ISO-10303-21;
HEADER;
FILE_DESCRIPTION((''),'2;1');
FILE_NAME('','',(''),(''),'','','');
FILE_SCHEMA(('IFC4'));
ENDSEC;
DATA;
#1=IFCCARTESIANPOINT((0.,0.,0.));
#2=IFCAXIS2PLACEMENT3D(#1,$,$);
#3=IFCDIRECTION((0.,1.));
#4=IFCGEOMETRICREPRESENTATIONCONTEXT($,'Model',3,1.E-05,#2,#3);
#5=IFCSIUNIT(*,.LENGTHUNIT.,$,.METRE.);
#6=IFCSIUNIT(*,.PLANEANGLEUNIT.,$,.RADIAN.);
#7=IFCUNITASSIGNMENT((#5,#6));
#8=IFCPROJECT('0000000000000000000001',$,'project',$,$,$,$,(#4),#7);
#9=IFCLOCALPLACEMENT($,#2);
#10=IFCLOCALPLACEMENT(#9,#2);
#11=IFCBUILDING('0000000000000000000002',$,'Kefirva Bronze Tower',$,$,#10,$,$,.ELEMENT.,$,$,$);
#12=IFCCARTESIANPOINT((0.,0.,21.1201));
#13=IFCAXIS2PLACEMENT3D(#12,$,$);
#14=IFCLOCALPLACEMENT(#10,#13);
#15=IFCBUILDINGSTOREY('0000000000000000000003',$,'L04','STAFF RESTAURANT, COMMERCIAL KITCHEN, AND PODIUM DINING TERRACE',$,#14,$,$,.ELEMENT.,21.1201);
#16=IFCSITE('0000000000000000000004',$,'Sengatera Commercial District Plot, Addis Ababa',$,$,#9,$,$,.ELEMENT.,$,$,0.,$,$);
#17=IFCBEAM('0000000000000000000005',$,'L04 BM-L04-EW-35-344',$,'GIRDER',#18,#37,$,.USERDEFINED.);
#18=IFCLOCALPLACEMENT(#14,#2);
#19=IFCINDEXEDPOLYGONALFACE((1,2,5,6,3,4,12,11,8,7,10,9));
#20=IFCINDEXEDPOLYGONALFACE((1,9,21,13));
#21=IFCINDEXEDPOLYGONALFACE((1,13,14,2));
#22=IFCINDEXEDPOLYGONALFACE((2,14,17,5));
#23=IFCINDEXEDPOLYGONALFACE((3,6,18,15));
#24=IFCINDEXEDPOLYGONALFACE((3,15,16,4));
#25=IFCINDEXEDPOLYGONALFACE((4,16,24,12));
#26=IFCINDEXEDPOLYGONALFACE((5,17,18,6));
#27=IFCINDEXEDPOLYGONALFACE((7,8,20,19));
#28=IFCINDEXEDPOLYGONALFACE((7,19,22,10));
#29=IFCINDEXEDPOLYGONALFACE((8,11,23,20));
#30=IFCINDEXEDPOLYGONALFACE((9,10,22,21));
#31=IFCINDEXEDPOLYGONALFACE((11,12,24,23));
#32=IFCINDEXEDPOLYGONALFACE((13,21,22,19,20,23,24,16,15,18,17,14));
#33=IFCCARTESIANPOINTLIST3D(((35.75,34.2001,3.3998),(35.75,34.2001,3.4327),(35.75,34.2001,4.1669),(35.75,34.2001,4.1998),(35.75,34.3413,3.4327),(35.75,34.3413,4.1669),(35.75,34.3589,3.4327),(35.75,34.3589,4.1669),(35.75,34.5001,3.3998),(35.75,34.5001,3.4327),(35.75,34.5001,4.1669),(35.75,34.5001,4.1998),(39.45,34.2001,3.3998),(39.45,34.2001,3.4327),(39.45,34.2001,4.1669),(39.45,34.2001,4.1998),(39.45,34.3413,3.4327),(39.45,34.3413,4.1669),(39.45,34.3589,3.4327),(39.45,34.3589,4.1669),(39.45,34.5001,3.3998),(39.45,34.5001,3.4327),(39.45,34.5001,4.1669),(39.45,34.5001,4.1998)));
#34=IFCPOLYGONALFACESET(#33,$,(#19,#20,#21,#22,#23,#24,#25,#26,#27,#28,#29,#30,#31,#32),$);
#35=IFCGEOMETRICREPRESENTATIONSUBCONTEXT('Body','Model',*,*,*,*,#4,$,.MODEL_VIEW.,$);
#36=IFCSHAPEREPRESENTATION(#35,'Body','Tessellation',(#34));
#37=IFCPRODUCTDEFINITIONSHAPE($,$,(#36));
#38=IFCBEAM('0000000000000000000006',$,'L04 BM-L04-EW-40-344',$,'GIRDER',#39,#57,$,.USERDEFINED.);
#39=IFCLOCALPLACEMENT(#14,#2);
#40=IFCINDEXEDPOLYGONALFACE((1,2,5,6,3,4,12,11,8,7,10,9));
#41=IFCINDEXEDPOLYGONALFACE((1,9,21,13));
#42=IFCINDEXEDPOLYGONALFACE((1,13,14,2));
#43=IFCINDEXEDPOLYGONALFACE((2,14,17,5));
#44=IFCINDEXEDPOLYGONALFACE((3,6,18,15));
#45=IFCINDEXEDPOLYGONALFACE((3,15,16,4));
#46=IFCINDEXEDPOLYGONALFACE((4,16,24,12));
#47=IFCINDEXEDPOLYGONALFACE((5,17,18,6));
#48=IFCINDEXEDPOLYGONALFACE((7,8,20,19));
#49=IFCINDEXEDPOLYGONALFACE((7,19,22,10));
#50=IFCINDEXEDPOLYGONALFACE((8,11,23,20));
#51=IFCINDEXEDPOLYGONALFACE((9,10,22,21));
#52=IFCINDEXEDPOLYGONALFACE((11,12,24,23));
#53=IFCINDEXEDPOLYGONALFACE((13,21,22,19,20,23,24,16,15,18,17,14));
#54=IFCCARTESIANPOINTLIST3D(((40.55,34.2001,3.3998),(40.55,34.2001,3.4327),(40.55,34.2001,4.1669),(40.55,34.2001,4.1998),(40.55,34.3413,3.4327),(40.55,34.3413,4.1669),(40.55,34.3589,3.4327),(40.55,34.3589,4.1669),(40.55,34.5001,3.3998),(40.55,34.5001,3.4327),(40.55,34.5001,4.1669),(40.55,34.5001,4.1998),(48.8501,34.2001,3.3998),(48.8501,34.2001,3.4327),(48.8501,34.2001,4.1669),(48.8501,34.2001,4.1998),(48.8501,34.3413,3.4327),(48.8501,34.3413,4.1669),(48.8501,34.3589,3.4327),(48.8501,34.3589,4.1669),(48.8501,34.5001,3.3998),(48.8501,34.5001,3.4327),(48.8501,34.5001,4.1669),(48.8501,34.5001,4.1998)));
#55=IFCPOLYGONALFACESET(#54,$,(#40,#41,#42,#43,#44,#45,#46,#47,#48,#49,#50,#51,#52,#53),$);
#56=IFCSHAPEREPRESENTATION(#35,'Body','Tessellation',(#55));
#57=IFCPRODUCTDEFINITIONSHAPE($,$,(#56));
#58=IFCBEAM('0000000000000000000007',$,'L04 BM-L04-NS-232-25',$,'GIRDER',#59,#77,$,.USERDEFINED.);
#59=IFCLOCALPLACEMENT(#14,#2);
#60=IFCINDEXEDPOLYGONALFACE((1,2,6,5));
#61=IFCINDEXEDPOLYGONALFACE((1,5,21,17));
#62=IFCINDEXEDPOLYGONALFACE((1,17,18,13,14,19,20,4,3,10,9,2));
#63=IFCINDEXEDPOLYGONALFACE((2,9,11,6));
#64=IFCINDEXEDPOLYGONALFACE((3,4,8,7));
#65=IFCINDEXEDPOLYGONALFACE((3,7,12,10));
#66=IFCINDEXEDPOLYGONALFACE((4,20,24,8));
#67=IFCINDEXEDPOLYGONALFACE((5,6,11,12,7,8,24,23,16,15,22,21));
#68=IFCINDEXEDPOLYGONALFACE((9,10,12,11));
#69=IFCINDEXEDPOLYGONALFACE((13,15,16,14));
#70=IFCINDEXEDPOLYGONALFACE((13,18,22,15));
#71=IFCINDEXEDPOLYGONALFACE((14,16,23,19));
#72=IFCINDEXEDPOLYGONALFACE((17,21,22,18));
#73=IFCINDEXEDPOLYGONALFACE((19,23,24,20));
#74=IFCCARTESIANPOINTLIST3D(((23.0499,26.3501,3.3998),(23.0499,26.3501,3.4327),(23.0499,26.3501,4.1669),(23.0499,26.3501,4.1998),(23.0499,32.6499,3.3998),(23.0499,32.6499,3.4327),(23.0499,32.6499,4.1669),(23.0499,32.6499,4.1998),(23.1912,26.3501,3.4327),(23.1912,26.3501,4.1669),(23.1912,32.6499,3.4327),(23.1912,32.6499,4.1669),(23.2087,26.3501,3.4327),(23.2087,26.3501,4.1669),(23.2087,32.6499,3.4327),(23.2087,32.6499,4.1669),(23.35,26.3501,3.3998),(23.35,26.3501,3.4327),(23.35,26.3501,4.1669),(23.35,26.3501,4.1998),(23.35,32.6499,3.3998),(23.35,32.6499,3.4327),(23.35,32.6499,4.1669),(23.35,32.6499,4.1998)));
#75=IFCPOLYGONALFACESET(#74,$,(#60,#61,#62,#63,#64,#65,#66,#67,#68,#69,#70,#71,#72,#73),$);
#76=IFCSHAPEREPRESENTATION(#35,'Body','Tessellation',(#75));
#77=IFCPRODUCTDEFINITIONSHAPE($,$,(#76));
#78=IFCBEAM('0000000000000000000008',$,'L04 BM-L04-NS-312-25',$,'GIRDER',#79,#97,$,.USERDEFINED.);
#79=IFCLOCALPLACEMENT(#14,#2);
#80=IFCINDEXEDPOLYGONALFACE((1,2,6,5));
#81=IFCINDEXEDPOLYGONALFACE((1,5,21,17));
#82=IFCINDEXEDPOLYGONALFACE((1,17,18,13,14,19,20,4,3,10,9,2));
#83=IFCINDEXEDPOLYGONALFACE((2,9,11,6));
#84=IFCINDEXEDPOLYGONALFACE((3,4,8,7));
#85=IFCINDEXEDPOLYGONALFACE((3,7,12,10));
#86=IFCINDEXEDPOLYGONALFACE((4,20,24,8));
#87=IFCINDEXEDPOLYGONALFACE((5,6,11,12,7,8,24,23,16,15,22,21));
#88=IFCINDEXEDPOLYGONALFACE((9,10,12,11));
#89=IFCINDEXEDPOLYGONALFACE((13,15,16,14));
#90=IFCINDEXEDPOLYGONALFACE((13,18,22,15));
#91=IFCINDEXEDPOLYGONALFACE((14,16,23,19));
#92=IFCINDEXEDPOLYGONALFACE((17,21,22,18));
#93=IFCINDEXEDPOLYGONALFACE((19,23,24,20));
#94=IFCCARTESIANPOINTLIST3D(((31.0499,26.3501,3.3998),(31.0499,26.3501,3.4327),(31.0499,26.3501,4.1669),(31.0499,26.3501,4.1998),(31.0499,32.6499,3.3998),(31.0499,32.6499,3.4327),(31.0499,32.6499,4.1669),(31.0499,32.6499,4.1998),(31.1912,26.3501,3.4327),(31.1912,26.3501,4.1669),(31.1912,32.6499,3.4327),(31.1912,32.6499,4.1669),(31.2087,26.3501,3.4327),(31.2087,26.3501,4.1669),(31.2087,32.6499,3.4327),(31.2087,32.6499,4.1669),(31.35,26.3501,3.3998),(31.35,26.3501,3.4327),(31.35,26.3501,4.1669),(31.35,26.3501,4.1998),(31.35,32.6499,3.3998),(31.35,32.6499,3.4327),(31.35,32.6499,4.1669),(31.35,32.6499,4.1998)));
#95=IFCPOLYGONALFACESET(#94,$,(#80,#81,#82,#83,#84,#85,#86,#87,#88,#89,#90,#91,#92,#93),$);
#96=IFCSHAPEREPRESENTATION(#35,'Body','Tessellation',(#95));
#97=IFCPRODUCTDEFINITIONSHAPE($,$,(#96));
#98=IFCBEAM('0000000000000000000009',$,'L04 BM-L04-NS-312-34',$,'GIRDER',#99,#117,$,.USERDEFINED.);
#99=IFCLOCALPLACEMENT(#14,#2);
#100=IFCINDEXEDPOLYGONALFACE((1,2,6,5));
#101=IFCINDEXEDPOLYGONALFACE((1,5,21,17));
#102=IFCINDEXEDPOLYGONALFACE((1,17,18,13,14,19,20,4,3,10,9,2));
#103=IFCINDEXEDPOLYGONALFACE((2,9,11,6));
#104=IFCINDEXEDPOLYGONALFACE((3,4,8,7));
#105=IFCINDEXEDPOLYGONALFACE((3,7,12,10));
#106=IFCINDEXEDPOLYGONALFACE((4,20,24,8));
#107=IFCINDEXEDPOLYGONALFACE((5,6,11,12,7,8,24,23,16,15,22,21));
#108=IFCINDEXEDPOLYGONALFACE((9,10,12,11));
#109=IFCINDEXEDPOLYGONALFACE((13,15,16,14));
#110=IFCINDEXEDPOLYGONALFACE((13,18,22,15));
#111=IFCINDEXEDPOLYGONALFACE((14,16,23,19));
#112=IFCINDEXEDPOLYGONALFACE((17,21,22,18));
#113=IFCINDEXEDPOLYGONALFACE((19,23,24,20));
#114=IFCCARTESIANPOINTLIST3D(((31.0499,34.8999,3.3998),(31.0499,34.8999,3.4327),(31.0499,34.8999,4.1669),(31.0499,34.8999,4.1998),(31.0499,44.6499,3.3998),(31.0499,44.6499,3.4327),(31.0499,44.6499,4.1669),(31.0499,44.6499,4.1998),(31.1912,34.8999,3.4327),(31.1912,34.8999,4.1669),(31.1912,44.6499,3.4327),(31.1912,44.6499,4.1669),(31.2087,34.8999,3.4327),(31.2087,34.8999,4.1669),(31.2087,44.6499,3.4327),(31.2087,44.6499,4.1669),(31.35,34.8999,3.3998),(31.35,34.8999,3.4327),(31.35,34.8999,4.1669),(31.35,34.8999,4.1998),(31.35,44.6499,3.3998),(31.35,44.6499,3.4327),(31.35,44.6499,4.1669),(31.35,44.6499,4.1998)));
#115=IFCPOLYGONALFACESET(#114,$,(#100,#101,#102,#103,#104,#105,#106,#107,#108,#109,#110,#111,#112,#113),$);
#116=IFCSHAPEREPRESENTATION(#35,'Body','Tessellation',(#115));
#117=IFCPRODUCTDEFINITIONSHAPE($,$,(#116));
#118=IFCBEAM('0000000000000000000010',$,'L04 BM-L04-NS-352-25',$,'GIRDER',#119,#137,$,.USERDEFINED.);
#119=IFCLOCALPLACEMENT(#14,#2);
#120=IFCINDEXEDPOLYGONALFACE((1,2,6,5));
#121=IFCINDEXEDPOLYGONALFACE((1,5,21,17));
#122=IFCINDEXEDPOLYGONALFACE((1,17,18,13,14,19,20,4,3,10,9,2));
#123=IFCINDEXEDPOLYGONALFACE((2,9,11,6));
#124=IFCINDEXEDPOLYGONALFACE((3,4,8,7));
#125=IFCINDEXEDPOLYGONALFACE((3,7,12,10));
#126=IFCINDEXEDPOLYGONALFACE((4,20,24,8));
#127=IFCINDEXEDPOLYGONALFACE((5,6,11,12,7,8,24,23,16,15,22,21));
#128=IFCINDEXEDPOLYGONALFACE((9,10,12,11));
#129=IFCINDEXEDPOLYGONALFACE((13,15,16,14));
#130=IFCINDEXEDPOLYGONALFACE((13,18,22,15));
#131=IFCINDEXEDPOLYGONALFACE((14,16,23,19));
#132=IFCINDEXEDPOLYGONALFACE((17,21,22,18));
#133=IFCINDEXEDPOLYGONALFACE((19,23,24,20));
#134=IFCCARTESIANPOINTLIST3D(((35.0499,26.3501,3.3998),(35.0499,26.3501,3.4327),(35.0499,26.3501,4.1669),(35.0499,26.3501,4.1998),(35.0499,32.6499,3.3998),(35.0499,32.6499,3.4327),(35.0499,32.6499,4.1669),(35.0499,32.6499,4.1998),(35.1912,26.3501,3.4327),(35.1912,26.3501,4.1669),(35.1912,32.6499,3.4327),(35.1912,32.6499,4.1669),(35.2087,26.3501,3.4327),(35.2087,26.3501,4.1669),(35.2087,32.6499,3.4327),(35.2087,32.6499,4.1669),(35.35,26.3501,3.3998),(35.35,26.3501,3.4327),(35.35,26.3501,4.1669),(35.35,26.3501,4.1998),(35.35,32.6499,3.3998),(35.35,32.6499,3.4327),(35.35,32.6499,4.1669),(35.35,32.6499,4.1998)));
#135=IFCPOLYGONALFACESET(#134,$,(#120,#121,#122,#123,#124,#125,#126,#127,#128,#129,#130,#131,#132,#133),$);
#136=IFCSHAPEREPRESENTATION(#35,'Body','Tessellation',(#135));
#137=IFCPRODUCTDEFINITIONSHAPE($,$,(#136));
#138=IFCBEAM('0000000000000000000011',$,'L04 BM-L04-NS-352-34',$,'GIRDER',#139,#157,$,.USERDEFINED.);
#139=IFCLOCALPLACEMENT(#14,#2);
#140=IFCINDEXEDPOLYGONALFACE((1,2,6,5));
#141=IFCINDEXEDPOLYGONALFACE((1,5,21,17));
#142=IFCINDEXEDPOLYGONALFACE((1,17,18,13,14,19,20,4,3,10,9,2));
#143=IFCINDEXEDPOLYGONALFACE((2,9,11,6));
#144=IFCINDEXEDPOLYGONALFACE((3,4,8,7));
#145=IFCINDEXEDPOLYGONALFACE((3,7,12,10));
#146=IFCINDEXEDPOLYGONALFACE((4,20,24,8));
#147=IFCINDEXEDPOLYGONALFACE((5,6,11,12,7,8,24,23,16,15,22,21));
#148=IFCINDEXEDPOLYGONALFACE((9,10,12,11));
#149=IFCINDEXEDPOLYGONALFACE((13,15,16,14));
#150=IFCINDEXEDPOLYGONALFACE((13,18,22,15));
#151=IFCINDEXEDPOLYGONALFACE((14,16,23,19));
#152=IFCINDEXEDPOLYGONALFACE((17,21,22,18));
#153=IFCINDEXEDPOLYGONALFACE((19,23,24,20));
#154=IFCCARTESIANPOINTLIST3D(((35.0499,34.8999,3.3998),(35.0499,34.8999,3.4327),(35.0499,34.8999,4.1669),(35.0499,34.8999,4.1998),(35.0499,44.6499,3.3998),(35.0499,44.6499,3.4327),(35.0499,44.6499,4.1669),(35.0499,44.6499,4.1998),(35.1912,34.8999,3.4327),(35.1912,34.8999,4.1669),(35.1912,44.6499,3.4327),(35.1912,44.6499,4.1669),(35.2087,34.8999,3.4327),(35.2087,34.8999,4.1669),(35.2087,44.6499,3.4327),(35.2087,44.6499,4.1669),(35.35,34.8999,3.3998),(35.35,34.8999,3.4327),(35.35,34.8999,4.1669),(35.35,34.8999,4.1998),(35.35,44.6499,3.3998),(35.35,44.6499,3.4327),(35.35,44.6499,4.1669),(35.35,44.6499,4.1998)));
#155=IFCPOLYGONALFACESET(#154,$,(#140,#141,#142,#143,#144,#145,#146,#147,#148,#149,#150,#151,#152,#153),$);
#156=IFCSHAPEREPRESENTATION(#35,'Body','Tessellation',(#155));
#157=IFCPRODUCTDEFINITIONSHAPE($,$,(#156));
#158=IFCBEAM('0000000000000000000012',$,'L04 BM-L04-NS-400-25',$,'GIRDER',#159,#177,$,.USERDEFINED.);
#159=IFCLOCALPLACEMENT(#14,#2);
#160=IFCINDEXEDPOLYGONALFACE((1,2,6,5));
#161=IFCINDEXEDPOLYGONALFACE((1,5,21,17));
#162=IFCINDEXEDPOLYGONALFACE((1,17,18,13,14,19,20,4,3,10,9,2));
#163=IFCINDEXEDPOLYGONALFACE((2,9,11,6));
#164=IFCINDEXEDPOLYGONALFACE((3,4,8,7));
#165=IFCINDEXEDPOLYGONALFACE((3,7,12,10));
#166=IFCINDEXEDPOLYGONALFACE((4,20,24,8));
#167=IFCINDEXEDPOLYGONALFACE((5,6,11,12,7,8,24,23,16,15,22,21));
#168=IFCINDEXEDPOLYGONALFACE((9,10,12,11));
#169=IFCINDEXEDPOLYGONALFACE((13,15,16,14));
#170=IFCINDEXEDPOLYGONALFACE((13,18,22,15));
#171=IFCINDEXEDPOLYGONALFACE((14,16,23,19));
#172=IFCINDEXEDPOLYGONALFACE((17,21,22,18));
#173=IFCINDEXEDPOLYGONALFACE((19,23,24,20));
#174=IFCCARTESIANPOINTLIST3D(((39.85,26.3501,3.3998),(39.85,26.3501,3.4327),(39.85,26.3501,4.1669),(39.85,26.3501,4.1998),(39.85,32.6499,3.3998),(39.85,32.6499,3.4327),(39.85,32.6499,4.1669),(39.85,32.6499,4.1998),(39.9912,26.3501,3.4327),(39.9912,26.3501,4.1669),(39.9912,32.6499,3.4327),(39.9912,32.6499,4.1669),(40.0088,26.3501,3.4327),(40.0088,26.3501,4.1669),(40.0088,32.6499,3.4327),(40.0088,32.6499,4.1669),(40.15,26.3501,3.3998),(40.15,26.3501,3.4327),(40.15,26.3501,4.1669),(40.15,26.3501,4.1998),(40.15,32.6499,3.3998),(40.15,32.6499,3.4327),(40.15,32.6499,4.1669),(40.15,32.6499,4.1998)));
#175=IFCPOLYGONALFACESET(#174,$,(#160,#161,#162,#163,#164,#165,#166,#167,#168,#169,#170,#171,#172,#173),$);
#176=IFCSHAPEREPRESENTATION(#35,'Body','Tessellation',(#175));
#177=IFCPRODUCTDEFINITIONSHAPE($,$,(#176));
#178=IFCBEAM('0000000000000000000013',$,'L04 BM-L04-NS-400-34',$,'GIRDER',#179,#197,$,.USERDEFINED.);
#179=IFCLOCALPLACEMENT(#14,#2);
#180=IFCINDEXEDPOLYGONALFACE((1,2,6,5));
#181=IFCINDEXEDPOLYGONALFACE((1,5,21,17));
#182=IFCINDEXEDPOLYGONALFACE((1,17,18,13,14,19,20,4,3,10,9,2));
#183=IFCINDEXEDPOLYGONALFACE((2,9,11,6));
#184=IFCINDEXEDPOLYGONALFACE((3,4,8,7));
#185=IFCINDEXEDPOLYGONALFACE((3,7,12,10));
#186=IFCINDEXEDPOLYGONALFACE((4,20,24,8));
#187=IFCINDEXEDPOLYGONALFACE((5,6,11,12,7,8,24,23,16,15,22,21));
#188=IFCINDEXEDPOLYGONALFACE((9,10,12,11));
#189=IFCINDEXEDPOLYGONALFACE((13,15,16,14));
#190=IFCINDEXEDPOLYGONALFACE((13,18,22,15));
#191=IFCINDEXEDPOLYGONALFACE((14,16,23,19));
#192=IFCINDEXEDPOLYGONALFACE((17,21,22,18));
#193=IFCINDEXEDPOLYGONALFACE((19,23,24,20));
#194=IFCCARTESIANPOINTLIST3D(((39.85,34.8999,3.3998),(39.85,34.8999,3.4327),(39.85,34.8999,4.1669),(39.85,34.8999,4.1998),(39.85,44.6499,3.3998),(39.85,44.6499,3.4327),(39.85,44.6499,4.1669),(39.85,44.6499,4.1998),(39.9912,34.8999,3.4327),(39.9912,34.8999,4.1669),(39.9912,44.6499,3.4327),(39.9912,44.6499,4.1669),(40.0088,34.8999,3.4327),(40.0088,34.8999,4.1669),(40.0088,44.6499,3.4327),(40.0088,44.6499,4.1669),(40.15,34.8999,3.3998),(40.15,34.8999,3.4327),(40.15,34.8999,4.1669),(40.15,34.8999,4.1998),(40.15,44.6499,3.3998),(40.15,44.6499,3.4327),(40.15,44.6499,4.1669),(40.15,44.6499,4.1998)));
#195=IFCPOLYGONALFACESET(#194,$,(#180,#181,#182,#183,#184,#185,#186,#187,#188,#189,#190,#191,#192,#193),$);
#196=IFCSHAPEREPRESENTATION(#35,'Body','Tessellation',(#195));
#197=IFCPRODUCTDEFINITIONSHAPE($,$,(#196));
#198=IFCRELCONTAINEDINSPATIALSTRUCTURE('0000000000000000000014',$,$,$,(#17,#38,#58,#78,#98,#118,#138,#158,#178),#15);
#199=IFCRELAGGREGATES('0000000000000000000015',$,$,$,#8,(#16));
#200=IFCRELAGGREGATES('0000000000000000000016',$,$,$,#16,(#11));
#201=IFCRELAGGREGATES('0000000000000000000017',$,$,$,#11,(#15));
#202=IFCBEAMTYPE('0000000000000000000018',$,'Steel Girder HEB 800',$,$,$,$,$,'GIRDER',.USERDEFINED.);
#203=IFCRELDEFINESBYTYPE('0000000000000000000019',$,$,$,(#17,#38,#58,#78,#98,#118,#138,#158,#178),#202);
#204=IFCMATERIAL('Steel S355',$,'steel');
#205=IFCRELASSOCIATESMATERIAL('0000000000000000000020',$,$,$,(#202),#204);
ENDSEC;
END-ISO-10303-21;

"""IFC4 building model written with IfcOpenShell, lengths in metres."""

from ifc_helpers import new_model, si_unit, direction, frame, origin, origin_2d, place, context, subcontext, project, spatial, i_section, extrude, material, material_profile, profile_set, type_object, element, save


model = new_model("IFC4")

# Units and contexts
model_context = context("Model", 3, precision=1e-05, world=origin(), true_north=direction((0.0, 1.0)))
body_context = subcontext(model_context, "Body", "Model", "MODEL_VIEW")
ifc_project = project(units=[si_unit("LENGTHUNIT", "METRE"), si_unit("PLANEANGLEUNIT", "RADIAN")], contexts=[model_context])

# Site, building, storey
site_placement = place(None, origin())
site = spatial("IfcSite", under=ifc_project, at=site_placement, Name="Sengatera Commercial District Plot, Addis Ababa", CompositionType="ELEMENT", RefElevation=0.0)
building_placement = place(site_placement, origin())
building = spatial("IfcBuilding", under=site, at=building_placement, Name="Kefirva Bronze Tower", CompositionType="ELEMENT")
storey_placement = place(building_placement, frame((0.0, 0.0, 21.1201)))
storey = spatial("IfcBuildingStorey", under=building, at=storey_placement, Name="L04", Description="STAFF RESTAURANT, COMMERCIAL KITCHEN, AND PODIUM DINING TERRACE", CompositionType="ELEMENT", Elevation=21.1201)

# Beams
ifc_material_1 = material(Name="Steel S355", Category="steel")
ifc_material_profile_1 = material_profile(ifc_material_1, i_section(OverallWidth=0.3, OverallDepth=0.8, WebThickness=0.0176, FlangeThickness=0.033, at=origin_2d()), Name="HEB 800")
ifc_profile_set_1 = profile_set([ifc_material_profile_1], Name="Steel S355")
beam_type_1 = type_object("IfcBeamType", Name="Steel Girder HEB 800", ElementType="GIRDER", PredefinedType="USERDEFINED", material=ifc_profile_set_1)
beam_1_placement = place(storey_placement, frame((35.75, 34.3501, 3.7998), z_axis=(1.0, 0.0, 0.0), x_axis=(0.0, 1.0, 0.0)))
element("IfcBeam", 1, at=beam_1_placement, inside=storey, type_object=beam_type_1, Name="L04 BM-L04-EW-35-344", ObjectType="GIRDER", PredefinedType="USERDEFINED", context=body_context, shape_type="SweptSolid", body=[
    extrude(i_section(OverallWidth=0.3, OverallDepth=0.8, WebThickness=0.0176, FlangeThickness=0.033, at=origin_2d()), origin(), (0.0, 0.0, 1.0), 3.7),
])
beam_2_placement = place(storey_placement, frame((40.55, 34.3501, 3.7998), z_axis=(1.0, 0.0, 0.0), x_axis=(0.0, 1.0, 0.0)))
element("IfcBeam", 2, at=beam_2_placement, inside=storey, type_object=beam_type_1, Name="L04 BM-L04-EW-40-344", ObjectType="GIRDER", PredefinedType="USERDEFINED", context=body_context, shape_type="SweptSolid", body=[
    extrude(i_section(OverallWidth=0.3, OverallDepth=0.8, WebThickness=0.0176, FlangeThickness=0.033, at=origin_2d()), origin(), (0.0, 0.0, 1.0), 8.3),
])
for number, where, z_axis, x_axis, name in (
    (3, (23.2, 26.3501, 3.7998), (0.0, 1.0, 0.0), (-1.0, 0.0, 0.0), "L04 BM-L04-NS-232-25"),
    (4, (31.2, 26.3501, 3.7998), (0.0, 1.0, 0.0), (-1.0, 0.0, 0.0), "L04 BM-L04-NS-312-25"),
):
    element("IfcBeam", number, at=place(storey_placement, frame(where, z_axis=z_axis, x_axis=x_axis)), inside=storey, type_object=beam_type_1, Name=name, ObjectType="GIRDER", PredefinedType="USERDEFINED", context=body_context, shape_type="SweptSolid", body=[
        extrude(i_section(OverallWidth=0.3, OverallDepth=0.8, WebThickness=0.0176, FlangeThickness=0.033, at=origin_2d()), origin(), (0.0, 0.0, 1.0), 6.2998),
    ])
beam_3_placement = place(storey_placement, frame((31.2, 34.8999, 3.7998), z_axis=(0.0, 1.0, 0.0), x_axis=(-1.0, 0.0, 0.0)))
element("IfcBeam", 5, at=beam_3_placement, inside=storey, type_object=beam_type_1, Name="L04 BM-L04-NS-312-34", ObjectType="GIRDER", PredefinedType="USERDEFINED", context=body_context, shape_type="SweptSolid", body=[
    extrude(i_section(OverallWidth=0.3, OverallDepth=0.8, WebThickness=0.0176, FlangeThickness=0.033, at=origin_2d()), origin(), (0.0, 0.0, 1.0), 9.75),
])
beam_4_placement = place(storey_placement, frame((35.2, 26.3501, 3.7998), z_axis=(0.0, 1.0, 0.0), x_axis=(-1.0, 0.0, 0.0)))
element("IfcBeam", 6, at=beam_4_placement, inside=storey, type_object=beam_type_1, Name="L04 BM-L04-NS-352-25", ObjectType="GIRDER", PredefinedType="USERDEFINED", context=body_context, shape_type="SweptSolid", body=[
    extrude(i_section(OverallWidth=0.3, OverallDepth=0.8, WebThickness=0.0176, FlangeThickness=0.033, at=origin_2d()), origin(), (0.0, 0.0, 1.0), 6.2998),
])
beam_5_placement = place(storey_placement, frame((35.2, 34.8999, 3.7998), z_axis=(0.0, 1.0, 0.0), x_axis=(-1.0, 0.0, 0.0)))
element("IfcBeam", 7, at=beam_5_placement, inside=storey, type_object=beam_type_1, Name="L04 BM-L04-NS-352-34", ObjectType="GIRDER", PredefinedType="USERDEFINED", context=body_context, shape_type="SweptSolid", body=[
    extrude(i_section(OverallWidth=0.3, OverallDepth=0.8, WebThickness=0.0176, FlangeThickness=0.033, at=origin_2d()), origin(), (0.0, 0.0, 1.0), 9.75),
])
beam_6_placement = place(storey_placement, frame((40.0, 26.3501, 3.7998), z_axis=(0.0, 1.0, 0.0), x_axis=(-1.0, 0.0, 0.0)))
element("IfcBeam", 8, at=beam_6_placement, inside=storey, type_object=beam_type_1, Name="L04 BM-L04-NS-400-25", ObjectType="GIRDER", PredefinedType="USERDEFINED", context=body_context, shape_type="SweptSolid", body=[
    extrude(i_section(OverallWidth=0.3, OverallDepth=0.8, WebThickness=0.0176, FlangeThickness=0.033, at=origin_2d()), origin(), (0.0, 0.0, 1.0), 6.2998),
])
beam_7_placement = place(storey_placement, frame((40.0, 34.8999, 3.7998), z_axis=(0.0, 1.0, 0.0), x_axis=(-1.0, 0.0, 0.0)))
element("IfcBeam", 9, at=beam_7_placement, inside=storey, type_object=beam_type_1, Name="L04 BM-L04-NS-400-34", ObjectType="GIRDER", PredefinedType="USERDEFINED", context=body_context, shape_type="SweptSolid", body=[
    extrude(i_section(OverallWidth=0.3, OverallDepth=0.8, WebThickness=0.0176, FlangeThickness=0.033, at=origin_2d()), origin(), (0.0, 0.0, 1.0), 9.75),
])

save(model, "model.ifc")
